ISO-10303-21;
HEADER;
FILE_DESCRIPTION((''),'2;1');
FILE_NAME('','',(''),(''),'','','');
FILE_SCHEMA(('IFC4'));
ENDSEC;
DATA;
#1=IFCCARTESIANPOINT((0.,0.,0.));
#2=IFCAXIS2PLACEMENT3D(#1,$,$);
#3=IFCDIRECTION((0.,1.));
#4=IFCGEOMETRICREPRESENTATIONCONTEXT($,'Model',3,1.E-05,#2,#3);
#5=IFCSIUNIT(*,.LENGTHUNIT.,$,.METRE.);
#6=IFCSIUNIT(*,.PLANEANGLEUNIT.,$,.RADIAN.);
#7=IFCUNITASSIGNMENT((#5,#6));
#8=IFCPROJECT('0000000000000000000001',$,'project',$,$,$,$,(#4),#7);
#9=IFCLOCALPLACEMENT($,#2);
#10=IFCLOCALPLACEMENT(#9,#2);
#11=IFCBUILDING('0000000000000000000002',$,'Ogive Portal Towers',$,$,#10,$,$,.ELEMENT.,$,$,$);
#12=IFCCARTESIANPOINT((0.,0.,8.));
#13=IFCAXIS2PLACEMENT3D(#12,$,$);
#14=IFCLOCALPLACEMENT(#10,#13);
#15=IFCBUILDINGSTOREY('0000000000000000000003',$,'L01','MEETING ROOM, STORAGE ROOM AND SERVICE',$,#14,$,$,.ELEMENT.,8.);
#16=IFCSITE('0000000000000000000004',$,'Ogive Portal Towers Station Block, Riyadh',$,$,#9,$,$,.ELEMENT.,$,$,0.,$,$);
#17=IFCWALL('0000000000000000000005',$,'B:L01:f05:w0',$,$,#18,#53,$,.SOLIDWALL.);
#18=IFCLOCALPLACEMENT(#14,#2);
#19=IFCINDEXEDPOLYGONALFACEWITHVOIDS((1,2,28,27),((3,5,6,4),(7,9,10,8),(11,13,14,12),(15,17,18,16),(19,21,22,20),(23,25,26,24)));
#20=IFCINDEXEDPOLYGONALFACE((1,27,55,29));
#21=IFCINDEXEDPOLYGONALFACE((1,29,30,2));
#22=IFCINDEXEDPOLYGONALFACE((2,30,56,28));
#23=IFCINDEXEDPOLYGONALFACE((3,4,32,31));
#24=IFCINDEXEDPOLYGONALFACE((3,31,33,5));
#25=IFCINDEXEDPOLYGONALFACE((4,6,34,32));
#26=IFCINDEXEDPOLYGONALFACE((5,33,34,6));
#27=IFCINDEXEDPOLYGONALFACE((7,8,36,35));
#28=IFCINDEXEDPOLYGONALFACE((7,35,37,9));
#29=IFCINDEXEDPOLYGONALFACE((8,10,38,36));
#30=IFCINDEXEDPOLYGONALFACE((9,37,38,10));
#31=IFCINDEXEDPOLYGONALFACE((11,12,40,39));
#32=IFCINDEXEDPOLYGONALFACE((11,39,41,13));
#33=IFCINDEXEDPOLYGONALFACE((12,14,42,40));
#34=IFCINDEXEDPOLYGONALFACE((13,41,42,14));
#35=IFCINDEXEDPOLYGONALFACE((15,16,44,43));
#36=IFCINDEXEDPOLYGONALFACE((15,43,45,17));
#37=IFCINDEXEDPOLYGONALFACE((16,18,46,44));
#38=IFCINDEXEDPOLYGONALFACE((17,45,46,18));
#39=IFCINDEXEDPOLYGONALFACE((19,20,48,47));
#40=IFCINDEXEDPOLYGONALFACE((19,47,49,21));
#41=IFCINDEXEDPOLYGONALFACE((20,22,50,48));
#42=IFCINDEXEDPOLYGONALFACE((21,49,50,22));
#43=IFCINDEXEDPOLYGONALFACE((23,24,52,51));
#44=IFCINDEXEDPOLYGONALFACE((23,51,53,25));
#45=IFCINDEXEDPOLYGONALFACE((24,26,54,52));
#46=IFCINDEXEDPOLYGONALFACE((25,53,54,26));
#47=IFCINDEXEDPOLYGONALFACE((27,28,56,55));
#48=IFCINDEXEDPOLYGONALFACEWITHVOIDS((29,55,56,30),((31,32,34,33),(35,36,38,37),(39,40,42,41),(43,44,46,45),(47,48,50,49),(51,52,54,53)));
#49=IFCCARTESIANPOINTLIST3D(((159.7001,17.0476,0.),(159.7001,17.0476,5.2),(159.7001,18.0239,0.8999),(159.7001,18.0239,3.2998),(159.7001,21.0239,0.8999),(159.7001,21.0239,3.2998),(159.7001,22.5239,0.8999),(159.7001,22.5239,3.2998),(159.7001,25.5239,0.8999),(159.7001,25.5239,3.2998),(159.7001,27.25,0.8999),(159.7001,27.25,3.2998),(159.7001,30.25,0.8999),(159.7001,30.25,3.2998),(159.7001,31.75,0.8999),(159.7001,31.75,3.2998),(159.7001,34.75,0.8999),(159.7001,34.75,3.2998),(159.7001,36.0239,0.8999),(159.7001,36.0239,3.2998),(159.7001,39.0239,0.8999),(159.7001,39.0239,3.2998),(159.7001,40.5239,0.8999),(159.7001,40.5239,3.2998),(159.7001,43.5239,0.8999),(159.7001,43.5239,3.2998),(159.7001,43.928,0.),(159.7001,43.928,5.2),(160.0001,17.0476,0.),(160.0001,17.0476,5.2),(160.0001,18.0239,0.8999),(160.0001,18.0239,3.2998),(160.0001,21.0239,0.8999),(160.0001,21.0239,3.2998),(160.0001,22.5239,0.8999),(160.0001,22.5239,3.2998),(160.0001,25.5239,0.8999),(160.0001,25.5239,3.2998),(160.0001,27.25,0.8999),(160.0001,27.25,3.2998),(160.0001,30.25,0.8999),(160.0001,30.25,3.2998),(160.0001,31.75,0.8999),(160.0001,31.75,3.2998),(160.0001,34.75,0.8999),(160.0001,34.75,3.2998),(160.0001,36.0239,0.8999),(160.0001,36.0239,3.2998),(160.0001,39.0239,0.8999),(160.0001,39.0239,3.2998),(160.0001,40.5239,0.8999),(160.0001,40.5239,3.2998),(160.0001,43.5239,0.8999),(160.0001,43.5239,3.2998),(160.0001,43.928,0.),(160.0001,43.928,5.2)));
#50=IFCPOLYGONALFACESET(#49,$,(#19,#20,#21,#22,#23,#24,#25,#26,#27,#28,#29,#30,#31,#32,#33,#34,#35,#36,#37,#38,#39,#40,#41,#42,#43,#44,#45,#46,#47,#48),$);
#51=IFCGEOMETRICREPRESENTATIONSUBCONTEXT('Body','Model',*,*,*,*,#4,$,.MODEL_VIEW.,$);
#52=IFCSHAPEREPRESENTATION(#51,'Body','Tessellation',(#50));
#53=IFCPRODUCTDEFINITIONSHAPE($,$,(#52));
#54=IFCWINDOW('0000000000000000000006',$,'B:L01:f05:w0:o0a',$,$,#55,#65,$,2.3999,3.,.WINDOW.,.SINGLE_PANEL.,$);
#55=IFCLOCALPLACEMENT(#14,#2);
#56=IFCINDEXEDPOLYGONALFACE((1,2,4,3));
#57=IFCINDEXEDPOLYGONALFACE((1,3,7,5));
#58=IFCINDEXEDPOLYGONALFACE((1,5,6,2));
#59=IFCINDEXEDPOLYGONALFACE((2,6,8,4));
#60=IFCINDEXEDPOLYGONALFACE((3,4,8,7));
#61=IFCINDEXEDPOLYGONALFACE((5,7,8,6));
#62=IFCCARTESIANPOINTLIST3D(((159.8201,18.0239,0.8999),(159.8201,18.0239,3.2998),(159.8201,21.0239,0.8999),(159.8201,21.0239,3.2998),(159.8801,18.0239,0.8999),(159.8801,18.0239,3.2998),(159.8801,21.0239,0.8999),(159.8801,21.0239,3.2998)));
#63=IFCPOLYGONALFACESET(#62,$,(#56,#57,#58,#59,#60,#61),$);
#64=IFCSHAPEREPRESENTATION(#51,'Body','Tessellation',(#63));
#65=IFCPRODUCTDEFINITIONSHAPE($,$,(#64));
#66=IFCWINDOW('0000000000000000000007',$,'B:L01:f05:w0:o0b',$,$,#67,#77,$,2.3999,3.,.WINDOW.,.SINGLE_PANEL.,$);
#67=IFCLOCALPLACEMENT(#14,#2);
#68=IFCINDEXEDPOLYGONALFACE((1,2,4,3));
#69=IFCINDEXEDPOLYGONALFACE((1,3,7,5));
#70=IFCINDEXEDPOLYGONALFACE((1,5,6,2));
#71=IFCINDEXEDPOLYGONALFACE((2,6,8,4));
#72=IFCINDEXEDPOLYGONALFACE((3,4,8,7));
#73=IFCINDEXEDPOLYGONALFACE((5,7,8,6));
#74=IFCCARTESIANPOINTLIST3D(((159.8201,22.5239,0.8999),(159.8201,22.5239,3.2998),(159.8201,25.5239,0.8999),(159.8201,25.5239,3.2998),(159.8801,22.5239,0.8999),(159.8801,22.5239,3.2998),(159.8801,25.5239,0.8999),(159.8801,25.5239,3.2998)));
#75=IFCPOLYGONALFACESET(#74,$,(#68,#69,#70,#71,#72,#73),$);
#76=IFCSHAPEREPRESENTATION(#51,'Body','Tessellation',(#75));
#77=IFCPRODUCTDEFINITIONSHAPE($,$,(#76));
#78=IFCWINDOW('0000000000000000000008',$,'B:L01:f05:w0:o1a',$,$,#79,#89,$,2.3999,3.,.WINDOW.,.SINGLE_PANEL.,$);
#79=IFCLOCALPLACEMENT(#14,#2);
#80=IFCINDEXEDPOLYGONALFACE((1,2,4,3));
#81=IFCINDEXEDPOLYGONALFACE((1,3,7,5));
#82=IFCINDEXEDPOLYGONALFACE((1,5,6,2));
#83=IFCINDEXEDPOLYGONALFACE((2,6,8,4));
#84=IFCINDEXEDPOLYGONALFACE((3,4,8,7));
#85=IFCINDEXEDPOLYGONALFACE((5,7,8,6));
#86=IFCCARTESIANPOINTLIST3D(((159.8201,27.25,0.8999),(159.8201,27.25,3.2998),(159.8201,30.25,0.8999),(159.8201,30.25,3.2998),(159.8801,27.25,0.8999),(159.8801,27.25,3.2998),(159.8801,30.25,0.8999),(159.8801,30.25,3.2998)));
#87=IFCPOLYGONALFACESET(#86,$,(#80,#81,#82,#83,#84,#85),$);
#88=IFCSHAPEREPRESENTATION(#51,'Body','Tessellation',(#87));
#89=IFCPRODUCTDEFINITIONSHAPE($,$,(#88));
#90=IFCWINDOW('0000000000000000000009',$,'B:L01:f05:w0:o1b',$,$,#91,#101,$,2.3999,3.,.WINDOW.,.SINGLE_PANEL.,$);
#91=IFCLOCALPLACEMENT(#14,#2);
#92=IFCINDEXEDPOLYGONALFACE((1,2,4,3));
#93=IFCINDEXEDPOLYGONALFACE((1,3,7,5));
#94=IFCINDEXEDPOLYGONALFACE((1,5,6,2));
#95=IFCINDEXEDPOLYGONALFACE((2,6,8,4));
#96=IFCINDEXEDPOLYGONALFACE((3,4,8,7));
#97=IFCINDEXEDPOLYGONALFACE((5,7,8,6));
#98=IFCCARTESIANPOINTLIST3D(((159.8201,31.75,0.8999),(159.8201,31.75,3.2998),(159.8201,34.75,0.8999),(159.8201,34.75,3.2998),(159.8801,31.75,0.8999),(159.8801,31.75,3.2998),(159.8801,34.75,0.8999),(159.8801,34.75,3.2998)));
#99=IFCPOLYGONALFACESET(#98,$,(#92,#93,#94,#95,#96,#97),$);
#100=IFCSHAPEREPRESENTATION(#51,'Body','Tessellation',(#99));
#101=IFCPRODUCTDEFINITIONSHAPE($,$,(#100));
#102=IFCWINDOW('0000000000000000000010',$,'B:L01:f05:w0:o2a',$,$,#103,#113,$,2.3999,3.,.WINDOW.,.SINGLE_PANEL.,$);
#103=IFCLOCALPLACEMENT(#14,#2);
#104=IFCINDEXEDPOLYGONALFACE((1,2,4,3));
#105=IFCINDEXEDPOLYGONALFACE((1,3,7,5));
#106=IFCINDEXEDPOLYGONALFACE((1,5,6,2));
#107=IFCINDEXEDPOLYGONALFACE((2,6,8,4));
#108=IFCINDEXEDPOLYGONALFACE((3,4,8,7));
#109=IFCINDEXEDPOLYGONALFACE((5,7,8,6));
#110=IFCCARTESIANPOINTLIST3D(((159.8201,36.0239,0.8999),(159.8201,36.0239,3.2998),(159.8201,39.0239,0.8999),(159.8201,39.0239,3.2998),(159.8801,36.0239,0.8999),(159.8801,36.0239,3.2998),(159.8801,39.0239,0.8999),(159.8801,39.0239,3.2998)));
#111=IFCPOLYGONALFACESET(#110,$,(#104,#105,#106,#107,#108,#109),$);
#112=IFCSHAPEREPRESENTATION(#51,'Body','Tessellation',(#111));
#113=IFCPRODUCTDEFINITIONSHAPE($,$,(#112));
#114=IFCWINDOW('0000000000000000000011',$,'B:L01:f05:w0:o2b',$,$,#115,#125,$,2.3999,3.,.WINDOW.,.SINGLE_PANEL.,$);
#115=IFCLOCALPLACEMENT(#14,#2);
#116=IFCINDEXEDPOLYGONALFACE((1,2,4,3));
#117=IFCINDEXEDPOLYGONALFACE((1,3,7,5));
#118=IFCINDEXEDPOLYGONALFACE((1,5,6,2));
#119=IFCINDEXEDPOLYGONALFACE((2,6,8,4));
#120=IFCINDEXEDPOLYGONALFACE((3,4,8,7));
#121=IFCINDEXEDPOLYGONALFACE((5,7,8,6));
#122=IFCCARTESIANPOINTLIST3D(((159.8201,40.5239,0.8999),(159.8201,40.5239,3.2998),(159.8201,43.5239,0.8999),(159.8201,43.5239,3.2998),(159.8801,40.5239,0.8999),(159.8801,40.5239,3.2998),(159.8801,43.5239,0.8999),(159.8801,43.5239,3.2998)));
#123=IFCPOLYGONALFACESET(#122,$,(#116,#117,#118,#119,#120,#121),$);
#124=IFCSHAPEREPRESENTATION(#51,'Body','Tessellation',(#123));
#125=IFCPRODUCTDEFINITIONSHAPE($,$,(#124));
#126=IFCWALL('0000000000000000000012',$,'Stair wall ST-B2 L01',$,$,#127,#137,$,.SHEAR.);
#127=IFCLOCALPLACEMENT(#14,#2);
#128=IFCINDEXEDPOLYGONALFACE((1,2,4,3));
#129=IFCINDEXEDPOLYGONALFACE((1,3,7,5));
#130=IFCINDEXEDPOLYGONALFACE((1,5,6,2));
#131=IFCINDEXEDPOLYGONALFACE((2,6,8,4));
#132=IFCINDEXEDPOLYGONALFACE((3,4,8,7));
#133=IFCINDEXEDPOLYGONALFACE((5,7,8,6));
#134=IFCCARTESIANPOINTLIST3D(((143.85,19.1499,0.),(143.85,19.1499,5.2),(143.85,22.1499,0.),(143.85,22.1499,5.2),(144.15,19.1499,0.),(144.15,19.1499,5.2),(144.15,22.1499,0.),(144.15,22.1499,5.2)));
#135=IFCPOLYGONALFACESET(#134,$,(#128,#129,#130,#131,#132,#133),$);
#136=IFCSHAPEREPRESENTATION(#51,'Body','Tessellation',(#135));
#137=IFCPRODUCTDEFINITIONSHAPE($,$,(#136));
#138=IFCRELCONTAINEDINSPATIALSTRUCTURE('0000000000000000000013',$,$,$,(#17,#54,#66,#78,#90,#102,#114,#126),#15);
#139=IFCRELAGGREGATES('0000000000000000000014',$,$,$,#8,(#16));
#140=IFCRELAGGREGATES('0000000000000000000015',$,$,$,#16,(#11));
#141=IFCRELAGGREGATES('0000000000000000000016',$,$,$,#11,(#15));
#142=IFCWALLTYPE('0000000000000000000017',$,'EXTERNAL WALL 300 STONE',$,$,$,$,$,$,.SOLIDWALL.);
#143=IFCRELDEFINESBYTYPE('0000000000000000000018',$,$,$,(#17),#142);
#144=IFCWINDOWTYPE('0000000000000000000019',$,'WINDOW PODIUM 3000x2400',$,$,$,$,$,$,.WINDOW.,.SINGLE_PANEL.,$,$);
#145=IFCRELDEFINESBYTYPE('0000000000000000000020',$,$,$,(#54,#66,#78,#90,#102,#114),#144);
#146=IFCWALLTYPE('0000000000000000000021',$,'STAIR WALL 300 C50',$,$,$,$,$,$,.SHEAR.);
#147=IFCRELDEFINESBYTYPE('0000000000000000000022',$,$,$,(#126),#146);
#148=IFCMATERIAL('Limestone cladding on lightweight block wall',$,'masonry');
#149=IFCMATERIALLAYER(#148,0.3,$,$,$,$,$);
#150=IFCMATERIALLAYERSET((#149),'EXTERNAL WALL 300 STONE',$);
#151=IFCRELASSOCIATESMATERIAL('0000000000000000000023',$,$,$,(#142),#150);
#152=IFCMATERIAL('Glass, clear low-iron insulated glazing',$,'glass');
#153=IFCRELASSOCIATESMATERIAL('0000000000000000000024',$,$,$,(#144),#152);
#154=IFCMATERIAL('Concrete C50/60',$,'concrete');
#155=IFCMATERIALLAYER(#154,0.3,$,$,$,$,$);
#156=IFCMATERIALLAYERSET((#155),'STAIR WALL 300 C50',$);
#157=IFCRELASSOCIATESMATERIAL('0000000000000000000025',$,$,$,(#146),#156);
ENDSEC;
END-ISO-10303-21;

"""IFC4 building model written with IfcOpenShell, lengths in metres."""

from ifc_helpers import new_model, si_unit, direction, frame, frame_2d, origin, place, context, subcontext, project, spatial, rectangle, extrude, material, layer, layer_set, type_object, element, fill, save


model = new_model("IFC4")

# Units and contexts
model_context = context("Model", 3, precision=1e-05, world=origin(), true_north=direction((0.0, 1.0)))
body_context = subcontext(model_context, "Body", "Model", "MODEL_VIEW")
ifc_project = project(units=[si_unit("LENGTHUNIT", "METRE"), si_unit("PLANEANGLEUNIT", "RADIAN")], contexts=[model_context])

# Site, building, storey
site_placement = place(None, origin())
site = spatial("IfcSite", under=ifc_project, at=site_placement, Name="Ogive Portal Towers Station Block, Riyadh", CompositionType="ELEMENT", RefElevation=0.0)
building_placement = place(site_placement, origin())
building = spatial("IfcBuilding", under=site, at=building_placement, Name="Ogive Portal Towers", CompositionType="ELEMENT")
storey_placement = place(building_placement, frame((0.0, 0.0, 8.0)))
storey = spatial("IfcBuildingStorey", under=building, at=storey_placement, Name="L01", Description="MEETING ROOM, STORAGE ROOM AND SERVICE", CompositionType="ELEMENT", Elevation=8.0)

# Shared definitions
ifc_material_1 = material(Name="Concrete C50/60", Category="concrete")

# Shared definitions
ifc_material_2 = material(Name="Limestone cladding on lightweight block wall", Category="masonry")
ifc_layer_1 = layer(ifc_material_2, 0.3)
ifc_layer_set_1 = layer_set([ifc_layer_1], Name="EXTERNAL WALL 300 STONE")
wall_type_1 = type_object("IfcWallType", Name="EXTERNAL WALL 300 STONE", PredefinedType="SOLIDWALL", material=ifc_layer_set_1)
ifc_material_3 = material(Name="Glass, clear low-iron insulated glazing", Category="glass")
window_type = type_object("IfcWindowType", Name="WINDOW PODIUM 3000x2400", PartitioningType="SINGLE_PANEL", PredefinedType="WINDOW", material=ifc_material_3)

# Wall, openings, windows
wall_1_placement = place(storey_placement, frame((159.8501, 17.0476, 0.0), z_axis=(0.0, 0.0, 1.0), x_axis=(0.0, 1.0, 0.0)))
wall_1 = element("IfcWall", 1, at=wall_1_placement, inside=storey, type_object=wall_type_1, Name="B:L01:f05:w0", PredefinedType="SOLIDWALL", context=body_context, shape_type="SweptSolid", body=[
    extrude(rectangle(XDim=26.8804, YDim=0.3, at=frame_2d((13.4402, 0.0))), origin(), (0.0, 0.0, 1.0), 5.2),
])
opening_1_placement = place(wall_1_placement, frame((0.9763, 0.0, 0.8999)))
opening_1 = element("IfcOpeningElement", 2, at=opening_1_placement, cuts=wall_1, PredefinedType="OPENING", context=body_context, shape_type="SweptSolid", body=[
    extrude(rectangle(XDim=3.0, YDim=2.3999, at=frame_2d((1.5, 1.2))), frame((0.0, 0.1602, 0.0), z_axis=(0.0, -1.0, 0.0), x_axis=(1.0, 0.0, 0.0)), (0.0, 0.0, 1.0), 0.3201),
])
opening_2_placement = place(wall_1_placement, frame((5.4763, 0.0, 0.8999)))
opening_2 = element("IfcOpeningElement", 3, at=opening_2_placement, cuts=wall_1, PredefinedType="OPENING", context=body_context, shape_type="SweptSolid", body=[
    extrude(rectangle(XDim=3.0, YDim=2.3999, at=frame_2d((1.5, 1.2))), frame((0.0, 0.1602, 0.0), z_axis=(0.0, -1.0, 0.0), x_axis=(1.0, 0.0, 0.0)), (0.0, 0.0, 1.0), 0.3201),
])
opening_3_placement = place(wall_1_placement, frame((10.2024, 0.0, 0.8999)))
opening_3 = element("IfcOpeningElement", 4, at=opening_3_placement, cuts=wall_1, PredefinedType="OPENING", context=body_context, shape_type="SweptSolid", body=[
    extrude(rectangle(XDim=3.0, YDim=2.3999, at=frame_2d((1.5, 1.2))), frame((0.0, 0.1602, 0.0), z_axis=(0.0, -1.0, 0.0), x_axis=(1.0, 0.0, 0.0)), (0.0, 0.0, 1.0), 0.3201),
])
opening_4_placement = place(wall_1_placement, frame((14.7024, 0.0, 0.8999)))
opening_4 = element("IfcOpeningElement", 5, at=opening_4_placement, cuts=wall_1, PredefinedType="OPENING", context=body_context, shape_type="SweptSolid", body=[
    extrude(rectangle(XDim=3.0, YDim=2.3999, at=frame_2d((1.5, 1.2))), frame((0.0, 0.1602, 0.0), z_axis=(0.0, -1.0, 0.0), x_axis=(1.0, 0.0, 0.0)), (0.0, 0.0, 1.0), 0.3201),
])
opening_5_placement = place(wall_1_placement, frame((18.9763, 0.0, 0.8999)))
opening_5 = element("IfcOpeningElement", 6, at=opening_5_placement, cuts=wall_1, PredefinedType="OPENING", context=body_context, shape_type="SweptSolid", body=[
    extrude(rectangle(XDim=3.0, YDim=2.3999, at=frame_2d((1.5, 1.2))), frame((0.0, 0.1602, 0.0), z_axis=(0.0, -1.0, 0.0), x_axis=(1.0, 0.0, 0.0)), (0.0, 0.0, 1.0), 0.3201),
])
opening_6_placement = place(wall_1_placement, frame((23.4763, 0.0, 0.8999)))
opening_6 = element("IfcOpeningElement", 7, at=opening_6_placement, cuts=wall_1, PredefinedType="OPENING", context=body_context, shape_type="SweptSolid", body=[
    extrude(rectangle(XDim=3.0, YDim=2.3999, at=frame_2d((1.5, 1.2))), frame((0.0, 0.1602, 0.0), z_axis=(0.0, -1.0, 0.0), x_axis=(1.0, 0.0, 0.0)), (0.0, 0.0, 1.0), 0.3201),
])
window_1_placement = place(opening_1_placement, origin())
window_1 = element("IfcWindow", 8, at=window_1_placement, inside=storey, type_object=window_type, Name="B:L01:f05:w0:o0a", OverallHeight=2.3999, OverallWidth=3.0, PartitioningType="SINGLE_PANEL", PredefinedType="WINDOW", context=body_context, shape_type="SweptSolid", body=[
    extrude(rectangle(XDim=3.0, YDim=2.3999, at=frame_2d((1.5, 1.2))), frame((0.0, 0.03, 0.0), z_axis=(0.0, -1.0, 0.0), x_axis=(1.0, 0.0, 0.0)), (0.0, 0.0, 1.0), 0.0601),
])
fill(opening_1, window_1)
window_2_placement = place(opening_2_placement, origin())
window_2 = element("IfcWindow", 9, at=window_2_placement, inside=storey, type_object=window_type, Name="B:L01:f05:w0:o0b", OverallHeight=2.3999, OverallWidth=3.0, PartitioningType="SINGLE_PANEL", PredefinedType="WINDOW", context=body_context, shape_type="SweptSolid", body=[
    extrude(rectangle(XDim=3.0, YDim=2.3999, at=frame_2d((1.5, 1.2))), frame((0.0, 0.03, 0.0), z_axis=(0.0, -1.0, 0.0), x_axis=(1.0, 0.0, 0.0)), (0.0, 0.0, 1.0), 0.0601),
])
fill(opening_2, window_2)
window_3_placement = place(opening_3_placement, origin())
window_3 = element("IfcWindow", 10, at=window_3_placement, inside=storey, type_object=window_type, Name="B:L01:f05:w0:o1a", OverallHeight=2.3999, OverallWidth=3.0, PartitioningType="SINGLE_PANEL", PredefinedType="WINDOW", context=body_context, shape_type="SweptSolid", body=[
    extrude(rectangle(XDim=3.0, YDim=2.3999, at=frame_2d((1.5, 1.2))), frame((0.0, 0.03, 0.0), z_axis=(0.0, -1.0, 0.0), x_axis=(1.0, 0.0, 0.0)), (0.0, 0.0, 1.0), 0.0601),
])
fill(opening_3, window_3)
window_4_placement = place(opening_4_placement, origin())
window_4 = element("IfcWindow", 11, at=window_4_placement, inside=storey, type_object=window_type, Name="B:L01:f05:w0:o1b", OverallHeight=2.3999, OverallWidth=3.0, PartitioningType="SINGLE_PANEL", PredefinedType="WINDOW", context=body_context, shape_type="SweptSolid", body=[
    extrude(rectangle(XDim=3.0, YDim=2.3999, at=frame_2d((1.5, 1.2))), frame((0.0, 0.03, 0.0), z_axis=(0.0, -1.0, 0.0), x_axis=(1.0, 0.0, 0.0)), (0.0, 0.0, 1.0), 0.0601),
])
fill(opening_4, window_4)
window_5_placement = place(opening_5_placement, origin())
window_5 = element("IfcWindow", 12, at=window_5_placement, inside=storey, type_object=window_type, Name="B:L01:f05:w0:o2a", OverallHeight=2.3999, OverallWidth=3.0, PartitioningType="SINGLE_PANEL", PredefinedType="WINDOW", context=body_context, shape_type="SweptSolid", body=[
    extrude(rectangle(XDim=3.0, YDim=2.3999, at=frame_2d((1.5, 1.2))), frame((0.0, 0.03, 0.0), z_axis=(0.0, -1.0, 0.0), x_axis=(1.0, 0.0, 0.0)), (0.0, 0.0, 1.0), 0.0601),
])
fill(opening_5, window_5)
window_6_placement = place(opening_6_placement, origin())
window_6 = element("IfcWindow", 13, at=window_6_placement, inside=storey, type_object=window_type, Name="B:L01:f05:w0:o2b", OverallHeight=2.3999, OverallWidth=3.0, PartitioningType="SINGLE_PANEL", PredefinedType="WINDOW", context=body_context, shape_type="SweptSolid", body=[
    extrude(rectangle(XDim=3.0, YDim=2.3999, at=frame_2d((1.5, 1.2))), frame((0.0, 0.03, 0.0), z_axis=(0.0, -1.0, 0.0), x_axis=(1.0, 0.0, 0.0)), (0.0, 0.0, 1.0), 0.0601),
])
fill(opening_6, window_6)

# Wall
ifc_layer_2 = layer(ifc_material_1, 0.3)
ifc_layer_set_2 = layer_set([ifc_layer_2], Name="STAIR WALL 300 C50")
wall_type_2 = type_object("IfcWallType", Name="STAIR WALL 300 C50", PredefinedType="SHEAR", material=ifc_layer_set_2)
wall_2_placement = place(storey_placement, frame((144.0, 19.1499, 0.0), z_axis=(0.0, 0.0, 1.0), x_axis=(0.0, 1.0, 0.0)))
element("IfcWall", 14, at=wall_2_placement, inside=storey, type_object=wall_type_2, Name="Stair wall ST-B2 L01", PredefinedType="SHEAR", context=body_context, shape_type="SweptSolid", body=[
    extrude(rectangle(XDim=3.0, YDim=0.3, at=frame_2d((1.5, 0.0))), origin(), (0.0, 0.0, 1.0), 5.2),
])

save(model, "model.ifc")
